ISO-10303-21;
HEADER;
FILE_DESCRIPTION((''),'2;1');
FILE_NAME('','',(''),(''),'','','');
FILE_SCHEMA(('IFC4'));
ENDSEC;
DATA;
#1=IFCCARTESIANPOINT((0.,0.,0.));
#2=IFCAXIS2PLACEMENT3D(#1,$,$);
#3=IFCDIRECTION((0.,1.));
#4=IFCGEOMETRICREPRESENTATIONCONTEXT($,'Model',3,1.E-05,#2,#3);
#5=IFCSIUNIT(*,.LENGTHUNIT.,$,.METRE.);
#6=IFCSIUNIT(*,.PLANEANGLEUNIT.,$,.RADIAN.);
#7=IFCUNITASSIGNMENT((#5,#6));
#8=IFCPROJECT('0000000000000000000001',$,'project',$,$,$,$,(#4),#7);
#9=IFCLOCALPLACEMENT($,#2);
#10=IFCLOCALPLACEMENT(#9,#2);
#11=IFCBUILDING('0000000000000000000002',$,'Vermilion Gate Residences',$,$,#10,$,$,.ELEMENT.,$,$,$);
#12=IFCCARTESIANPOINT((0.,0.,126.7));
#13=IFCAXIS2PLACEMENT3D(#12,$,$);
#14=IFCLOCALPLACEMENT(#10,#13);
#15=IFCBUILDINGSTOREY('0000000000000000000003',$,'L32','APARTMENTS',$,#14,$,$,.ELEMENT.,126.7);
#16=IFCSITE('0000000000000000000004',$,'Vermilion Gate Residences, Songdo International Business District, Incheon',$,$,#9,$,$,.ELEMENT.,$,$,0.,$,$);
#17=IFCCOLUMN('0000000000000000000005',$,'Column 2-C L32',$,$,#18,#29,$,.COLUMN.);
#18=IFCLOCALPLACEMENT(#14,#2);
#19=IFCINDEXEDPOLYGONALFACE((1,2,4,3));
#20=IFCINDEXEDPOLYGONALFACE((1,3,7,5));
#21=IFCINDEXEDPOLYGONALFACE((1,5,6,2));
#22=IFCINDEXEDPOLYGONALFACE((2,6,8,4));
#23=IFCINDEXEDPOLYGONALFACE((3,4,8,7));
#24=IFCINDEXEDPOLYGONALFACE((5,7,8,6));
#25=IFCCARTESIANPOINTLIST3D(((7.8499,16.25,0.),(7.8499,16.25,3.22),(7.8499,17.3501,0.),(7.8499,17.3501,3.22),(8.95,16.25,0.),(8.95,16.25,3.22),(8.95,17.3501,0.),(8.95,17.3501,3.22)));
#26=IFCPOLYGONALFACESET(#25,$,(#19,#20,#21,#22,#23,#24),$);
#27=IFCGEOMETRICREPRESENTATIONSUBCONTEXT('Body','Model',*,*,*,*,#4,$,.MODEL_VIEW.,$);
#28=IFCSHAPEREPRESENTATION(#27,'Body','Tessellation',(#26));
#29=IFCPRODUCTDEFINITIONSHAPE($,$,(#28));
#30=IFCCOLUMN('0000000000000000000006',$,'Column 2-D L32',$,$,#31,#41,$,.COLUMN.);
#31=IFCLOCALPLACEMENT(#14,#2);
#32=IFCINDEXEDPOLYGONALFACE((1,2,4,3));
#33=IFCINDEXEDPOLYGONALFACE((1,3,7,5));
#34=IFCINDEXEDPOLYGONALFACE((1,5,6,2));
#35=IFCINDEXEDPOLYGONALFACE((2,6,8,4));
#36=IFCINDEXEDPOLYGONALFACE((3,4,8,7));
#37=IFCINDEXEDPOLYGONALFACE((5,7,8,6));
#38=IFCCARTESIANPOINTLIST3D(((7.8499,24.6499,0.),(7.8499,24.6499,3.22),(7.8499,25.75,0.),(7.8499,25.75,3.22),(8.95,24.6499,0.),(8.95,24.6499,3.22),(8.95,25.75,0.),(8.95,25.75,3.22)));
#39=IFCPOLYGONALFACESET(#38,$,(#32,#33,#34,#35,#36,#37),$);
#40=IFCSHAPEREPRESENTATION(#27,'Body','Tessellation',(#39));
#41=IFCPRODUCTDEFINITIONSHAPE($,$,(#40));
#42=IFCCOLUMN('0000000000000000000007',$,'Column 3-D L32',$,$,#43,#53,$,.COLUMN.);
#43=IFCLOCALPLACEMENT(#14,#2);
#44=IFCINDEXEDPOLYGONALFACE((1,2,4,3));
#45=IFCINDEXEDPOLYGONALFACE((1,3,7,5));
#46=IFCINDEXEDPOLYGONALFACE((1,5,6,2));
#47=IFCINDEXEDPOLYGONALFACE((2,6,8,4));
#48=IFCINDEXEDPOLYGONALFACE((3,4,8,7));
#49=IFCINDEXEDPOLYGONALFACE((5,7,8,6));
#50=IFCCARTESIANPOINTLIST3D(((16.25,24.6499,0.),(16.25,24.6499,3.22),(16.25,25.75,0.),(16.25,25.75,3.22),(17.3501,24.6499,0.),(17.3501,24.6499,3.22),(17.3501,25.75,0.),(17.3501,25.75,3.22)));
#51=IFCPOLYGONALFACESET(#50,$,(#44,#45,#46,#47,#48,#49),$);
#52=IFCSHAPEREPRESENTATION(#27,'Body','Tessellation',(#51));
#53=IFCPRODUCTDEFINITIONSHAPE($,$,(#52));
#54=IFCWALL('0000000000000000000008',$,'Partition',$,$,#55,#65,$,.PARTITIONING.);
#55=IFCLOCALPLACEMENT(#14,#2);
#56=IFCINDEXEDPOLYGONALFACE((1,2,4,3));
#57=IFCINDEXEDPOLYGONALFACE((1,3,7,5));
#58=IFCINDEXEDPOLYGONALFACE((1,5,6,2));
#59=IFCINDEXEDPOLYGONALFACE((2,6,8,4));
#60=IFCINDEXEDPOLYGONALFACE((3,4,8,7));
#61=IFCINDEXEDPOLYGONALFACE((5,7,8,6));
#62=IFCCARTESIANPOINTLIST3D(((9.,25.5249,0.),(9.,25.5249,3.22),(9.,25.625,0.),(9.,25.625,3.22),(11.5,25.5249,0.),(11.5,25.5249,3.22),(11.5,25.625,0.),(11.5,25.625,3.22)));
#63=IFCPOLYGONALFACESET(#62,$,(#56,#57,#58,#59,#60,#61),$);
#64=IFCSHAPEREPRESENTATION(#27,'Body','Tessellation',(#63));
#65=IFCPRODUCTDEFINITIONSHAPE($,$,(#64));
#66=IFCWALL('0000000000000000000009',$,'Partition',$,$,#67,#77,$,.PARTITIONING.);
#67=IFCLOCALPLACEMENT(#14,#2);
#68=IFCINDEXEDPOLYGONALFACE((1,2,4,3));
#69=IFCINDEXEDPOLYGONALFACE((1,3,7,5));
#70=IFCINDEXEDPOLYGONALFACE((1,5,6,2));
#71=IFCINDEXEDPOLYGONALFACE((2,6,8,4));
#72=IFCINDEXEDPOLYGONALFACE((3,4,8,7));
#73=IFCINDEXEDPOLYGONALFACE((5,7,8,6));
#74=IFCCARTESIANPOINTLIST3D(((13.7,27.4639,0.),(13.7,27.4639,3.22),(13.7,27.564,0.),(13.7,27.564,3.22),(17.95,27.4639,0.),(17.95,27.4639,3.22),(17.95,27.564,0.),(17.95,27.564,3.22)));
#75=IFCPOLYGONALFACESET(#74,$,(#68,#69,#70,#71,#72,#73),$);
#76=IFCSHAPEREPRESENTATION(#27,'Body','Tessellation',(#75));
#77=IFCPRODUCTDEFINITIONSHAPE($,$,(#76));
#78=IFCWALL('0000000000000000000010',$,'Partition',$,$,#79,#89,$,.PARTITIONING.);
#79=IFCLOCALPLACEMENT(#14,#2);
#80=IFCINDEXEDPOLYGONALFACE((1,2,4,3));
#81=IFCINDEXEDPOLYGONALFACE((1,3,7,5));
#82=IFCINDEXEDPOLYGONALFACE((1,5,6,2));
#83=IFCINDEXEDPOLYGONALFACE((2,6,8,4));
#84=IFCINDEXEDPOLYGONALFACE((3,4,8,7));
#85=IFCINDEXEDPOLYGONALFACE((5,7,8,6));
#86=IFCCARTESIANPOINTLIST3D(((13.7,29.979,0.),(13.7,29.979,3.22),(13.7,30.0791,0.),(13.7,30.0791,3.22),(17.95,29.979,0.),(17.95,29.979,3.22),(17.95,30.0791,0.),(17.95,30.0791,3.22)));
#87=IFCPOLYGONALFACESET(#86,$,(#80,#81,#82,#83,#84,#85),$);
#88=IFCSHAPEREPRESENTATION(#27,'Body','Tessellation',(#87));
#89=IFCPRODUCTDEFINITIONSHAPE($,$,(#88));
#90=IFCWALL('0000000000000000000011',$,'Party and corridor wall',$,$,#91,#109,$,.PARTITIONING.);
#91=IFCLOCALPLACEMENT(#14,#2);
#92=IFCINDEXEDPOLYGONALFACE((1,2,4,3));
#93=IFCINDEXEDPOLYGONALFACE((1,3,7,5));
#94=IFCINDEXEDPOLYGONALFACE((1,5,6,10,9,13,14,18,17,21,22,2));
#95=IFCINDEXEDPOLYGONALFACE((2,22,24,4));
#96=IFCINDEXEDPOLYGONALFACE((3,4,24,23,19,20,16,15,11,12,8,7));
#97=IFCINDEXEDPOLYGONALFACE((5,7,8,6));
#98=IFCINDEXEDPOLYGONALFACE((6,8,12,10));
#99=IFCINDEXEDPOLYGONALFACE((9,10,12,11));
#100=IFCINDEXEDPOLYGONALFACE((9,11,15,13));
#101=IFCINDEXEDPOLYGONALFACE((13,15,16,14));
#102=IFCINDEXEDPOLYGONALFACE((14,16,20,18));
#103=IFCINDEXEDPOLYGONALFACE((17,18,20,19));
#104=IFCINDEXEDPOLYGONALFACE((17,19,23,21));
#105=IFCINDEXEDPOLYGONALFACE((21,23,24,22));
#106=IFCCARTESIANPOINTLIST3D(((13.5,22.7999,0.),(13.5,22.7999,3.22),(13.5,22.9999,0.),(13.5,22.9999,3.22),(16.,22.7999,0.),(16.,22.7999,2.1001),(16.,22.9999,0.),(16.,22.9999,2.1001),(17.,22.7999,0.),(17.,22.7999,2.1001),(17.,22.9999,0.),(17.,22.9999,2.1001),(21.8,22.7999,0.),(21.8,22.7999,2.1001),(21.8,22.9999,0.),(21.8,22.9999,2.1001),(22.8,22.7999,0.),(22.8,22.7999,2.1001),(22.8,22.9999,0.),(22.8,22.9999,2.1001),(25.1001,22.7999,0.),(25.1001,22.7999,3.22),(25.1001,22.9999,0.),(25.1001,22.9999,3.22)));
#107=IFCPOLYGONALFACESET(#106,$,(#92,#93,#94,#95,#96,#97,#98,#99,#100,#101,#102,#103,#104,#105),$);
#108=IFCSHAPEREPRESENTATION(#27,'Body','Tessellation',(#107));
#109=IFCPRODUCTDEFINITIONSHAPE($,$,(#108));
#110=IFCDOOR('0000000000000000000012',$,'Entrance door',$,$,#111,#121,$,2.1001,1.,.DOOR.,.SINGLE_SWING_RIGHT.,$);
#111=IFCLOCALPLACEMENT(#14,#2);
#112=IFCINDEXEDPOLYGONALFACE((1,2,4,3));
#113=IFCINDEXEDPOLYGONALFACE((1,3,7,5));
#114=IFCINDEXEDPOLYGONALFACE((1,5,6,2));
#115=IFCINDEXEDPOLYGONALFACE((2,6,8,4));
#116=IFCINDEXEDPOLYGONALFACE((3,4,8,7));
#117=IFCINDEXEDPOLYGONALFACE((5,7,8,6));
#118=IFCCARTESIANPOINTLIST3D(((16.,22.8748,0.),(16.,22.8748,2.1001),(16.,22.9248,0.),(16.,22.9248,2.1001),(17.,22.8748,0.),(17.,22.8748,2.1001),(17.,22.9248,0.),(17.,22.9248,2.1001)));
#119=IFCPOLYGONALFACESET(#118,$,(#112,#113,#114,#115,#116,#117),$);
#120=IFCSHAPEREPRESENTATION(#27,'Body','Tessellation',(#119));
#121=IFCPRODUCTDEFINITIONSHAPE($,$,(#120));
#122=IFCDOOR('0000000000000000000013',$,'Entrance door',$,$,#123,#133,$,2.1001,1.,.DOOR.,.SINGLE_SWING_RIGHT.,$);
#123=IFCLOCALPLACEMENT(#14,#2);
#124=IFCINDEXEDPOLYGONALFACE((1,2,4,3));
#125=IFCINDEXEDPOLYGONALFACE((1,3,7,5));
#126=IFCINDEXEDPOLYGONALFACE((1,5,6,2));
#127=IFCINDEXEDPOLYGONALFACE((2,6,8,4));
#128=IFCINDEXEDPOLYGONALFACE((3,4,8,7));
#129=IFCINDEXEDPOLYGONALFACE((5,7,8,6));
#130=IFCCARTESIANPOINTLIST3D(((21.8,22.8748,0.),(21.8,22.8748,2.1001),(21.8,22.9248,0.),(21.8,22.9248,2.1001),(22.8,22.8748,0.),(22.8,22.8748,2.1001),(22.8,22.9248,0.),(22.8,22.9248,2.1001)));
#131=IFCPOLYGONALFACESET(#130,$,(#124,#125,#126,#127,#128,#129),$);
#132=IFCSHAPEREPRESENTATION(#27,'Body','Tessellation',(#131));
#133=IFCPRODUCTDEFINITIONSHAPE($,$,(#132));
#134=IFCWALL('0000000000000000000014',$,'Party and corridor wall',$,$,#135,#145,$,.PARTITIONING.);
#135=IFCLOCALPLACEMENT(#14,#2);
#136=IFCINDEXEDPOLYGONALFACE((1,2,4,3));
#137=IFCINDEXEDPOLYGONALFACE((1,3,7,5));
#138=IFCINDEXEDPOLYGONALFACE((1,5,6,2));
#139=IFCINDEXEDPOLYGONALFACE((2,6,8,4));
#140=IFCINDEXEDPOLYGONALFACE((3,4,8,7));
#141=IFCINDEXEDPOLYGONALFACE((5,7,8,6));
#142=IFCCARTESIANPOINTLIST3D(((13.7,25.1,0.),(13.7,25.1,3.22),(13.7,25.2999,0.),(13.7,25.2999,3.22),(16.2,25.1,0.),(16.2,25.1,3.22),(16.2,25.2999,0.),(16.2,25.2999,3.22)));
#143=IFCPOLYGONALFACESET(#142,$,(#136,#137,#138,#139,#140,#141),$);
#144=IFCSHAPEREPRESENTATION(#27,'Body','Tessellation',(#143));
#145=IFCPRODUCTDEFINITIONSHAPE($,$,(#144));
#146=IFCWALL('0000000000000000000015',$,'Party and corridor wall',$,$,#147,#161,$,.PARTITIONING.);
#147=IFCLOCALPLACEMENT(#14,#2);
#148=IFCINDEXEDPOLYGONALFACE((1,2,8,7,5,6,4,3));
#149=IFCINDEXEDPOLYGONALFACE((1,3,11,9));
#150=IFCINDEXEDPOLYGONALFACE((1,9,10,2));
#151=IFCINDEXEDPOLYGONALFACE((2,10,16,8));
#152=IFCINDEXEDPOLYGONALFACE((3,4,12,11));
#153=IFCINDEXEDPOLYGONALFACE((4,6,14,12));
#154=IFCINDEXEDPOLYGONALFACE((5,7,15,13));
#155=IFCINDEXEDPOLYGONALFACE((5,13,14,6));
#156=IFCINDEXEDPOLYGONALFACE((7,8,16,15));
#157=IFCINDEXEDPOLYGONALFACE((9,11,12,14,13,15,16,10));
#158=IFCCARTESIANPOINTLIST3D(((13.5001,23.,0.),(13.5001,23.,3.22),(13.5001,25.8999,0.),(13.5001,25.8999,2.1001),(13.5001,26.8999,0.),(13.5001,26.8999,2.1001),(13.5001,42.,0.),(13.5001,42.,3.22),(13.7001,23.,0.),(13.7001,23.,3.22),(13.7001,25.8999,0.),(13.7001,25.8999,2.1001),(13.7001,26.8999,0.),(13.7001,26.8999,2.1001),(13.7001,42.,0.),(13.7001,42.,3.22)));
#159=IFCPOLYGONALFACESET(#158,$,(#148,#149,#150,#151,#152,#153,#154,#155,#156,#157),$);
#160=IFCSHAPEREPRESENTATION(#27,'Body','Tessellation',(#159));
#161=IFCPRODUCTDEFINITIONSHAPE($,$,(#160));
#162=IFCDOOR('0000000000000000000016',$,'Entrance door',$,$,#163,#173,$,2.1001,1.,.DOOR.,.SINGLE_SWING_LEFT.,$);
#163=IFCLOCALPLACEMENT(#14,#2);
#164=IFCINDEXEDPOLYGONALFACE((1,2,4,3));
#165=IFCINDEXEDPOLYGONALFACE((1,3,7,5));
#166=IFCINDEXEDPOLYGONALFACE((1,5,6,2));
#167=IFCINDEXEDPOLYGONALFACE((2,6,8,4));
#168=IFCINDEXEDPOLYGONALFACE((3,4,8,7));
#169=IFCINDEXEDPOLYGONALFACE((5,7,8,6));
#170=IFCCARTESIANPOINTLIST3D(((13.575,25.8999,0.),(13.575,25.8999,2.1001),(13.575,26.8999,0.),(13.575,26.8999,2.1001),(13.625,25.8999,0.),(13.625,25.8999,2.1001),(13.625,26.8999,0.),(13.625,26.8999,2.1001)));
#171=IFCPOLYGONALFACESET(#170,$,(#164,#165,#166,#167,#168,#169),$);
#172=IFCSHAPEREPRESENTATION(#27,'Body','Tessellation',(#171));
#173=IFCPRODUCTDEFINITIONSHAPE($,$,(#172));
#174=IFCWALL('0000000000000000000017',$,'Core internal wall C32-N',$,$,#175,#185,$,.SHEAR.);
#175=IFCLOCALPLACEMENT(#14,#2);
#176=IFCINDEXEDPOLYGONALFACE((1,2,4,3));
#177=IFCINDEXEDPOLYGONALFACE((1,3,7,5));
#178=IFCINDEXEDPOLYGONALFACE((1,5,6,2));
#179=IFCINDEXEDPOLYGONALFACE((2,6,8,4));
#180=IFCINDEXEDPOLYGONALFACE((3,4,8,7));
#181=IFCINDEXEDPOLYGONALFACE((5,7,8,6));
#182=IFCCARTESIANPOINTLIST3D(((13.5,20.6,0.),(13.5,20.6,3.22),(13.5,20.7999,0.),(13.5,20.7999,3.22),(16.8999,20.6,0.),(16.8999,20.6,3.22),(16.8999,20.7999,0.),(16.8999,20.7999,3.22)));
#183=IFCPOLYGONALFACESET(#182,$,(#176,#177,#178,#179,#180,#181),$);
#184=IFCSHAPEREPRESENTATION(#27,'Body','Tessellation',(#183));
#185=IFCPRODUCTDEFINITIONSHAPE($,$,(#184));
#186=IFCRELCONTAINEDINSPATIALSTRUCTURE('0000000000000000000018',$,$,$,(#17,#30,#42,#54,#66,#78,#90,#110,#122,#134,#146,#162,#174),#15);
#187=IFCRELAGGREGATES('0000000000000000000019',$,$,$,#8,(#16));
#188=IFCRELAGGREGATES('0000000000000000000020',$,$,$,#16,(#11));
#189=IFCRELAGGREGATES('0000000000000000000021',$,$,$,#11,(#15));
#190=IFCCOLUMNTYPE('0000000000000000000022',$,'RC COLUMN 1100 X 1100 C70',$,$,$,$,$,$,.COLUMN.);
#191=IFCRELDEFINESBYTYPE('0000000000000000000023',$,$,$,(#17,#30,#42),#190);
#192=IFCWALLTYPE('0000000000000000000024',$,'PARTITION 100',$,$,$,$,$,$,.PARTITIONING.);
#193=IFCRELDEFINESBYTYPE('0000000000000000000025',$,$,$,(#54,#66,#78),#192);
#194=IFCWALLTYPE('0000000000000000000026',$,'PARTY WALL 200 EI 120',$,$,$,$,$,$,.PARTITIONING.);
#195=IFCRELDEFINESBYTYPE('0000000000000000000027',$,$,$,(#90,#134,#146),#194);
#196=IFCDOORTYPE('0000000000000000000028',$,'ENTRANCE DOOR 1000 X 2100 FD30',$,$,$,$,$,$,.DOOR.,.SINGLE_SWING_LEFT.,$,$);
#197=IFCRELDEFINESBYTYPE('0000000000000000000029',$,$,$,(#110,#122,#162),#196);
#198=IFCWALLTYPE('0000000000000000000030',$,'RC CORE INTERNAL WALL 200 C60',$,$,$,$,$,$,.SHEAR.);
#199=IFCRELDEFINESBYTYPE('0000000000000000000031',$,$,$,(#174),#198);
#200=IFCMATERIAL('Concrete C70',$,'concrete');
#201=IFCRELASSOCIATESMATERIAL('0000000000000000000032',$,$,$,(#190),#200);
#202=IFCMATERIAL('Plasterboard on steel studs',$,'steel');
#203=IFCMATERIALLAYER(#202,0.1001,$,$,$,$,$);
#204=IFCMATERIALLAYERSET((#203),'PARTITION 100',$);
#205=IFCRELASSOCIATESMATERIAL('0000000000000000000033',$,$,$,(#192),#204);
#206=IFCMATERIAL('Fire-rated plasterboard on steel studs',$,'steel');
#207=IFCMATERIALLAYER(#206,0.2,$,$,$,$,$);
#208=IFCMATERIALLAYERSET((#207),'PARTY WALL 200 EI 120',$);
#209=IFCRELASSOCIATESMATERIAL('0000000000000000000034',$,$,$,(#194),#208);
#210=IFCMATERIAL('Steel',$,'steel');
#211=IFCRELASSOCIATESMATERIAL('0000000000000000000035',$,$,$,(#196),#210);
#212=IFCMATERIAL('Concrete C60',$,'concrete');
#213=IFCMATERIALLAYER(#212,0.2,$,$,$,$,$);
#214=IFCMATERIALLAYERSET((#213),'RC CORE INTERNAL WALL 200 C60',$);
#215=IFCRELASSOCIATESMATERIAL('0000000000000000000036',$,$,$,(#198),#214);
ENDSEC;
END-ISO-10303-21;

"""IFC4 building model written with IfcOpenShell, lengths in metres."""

from ifc_helpers import new_model, si_unit, direction, frame, frame_2d, origin, origin_2d, place, context, subcontext, project, spatial, rectangle, extrude, material, layer, layer_set, material_profile, profile_set, type_object, element, fill, save


model = new_model("IFC4")

# Units and contexts
model_context = context("Model", 3, precision=1e-05, world=origin(), true_north=direction((0.0, 1.0)))
body_context = subcontext(model_context, "Body", "Model", "MODEL_VIEW")
ifc_project = project(units=[si_unit("LENGTHUNIT", "METRE"), si_unit("PLANEANGLEUNIT", "RADIAN")], contexts=[model_context])

# Site, building, storey
site_placement = place(None, origin())
site = spatial("IfcSite", under=ifc_project, at=site_placement, Name="Vermilion Gate Residences, Songdo International Business District, Incheon", CompositionType="ELEMENT", RefElevation=0.0)
building_placement = place(site_placement, origin())
building = spatial("IfcBuilding", under=site, at=building_placement, Name="Vermilion Gate Residences", CompositionType="ELEMENT")
storey_placement = place(building_placement, frame((0.0, 0.0, 126.7)))
storey = spatial("IfcBuildingStorey", under=building, at=storey_placement, Name="L32", Description="APARTMENTS", CompositionType="ELEMENT", Elevation=126.7)

# Columns
ifc_material_1 = material(Name="Concrete C70", Category="concrete")
ifc_material_profile = material_profile(ifc_material_1, rectangle(XDim=1.1001, YDim=1.1001, at=origin_2d()), Name="RC-1100x1100")
ifc_profile_set = profile_set([ifc_material_profile], Name="Concrete C70")
column_type = type_object("IfcColumnType", Name="RC COLUMN 1100 X 1100 C70", PredefinedType="COLUMN", material=ifc_profile_set)
for number, where, z_axis, x_axis, name in (
    (1, (8.3999, 16.8, 0.0), (0.0, 0.0, 1.0), (1.0, 0.0, 0.0), "Column 2-C L32"),
    (2, (8.3999, 25.2, 0.0), (0.0, 0.0, 1.0), (1.0, 0.0, 0.0), "Column 2-D L32"),
    (3, (16.8, 25.2, 0.0), (0.0, 0.0, 1.0), (1.0, 0.0, 0.0), "Column 3-D L32"),
):
    element("IfcColumn", number, at=place(storey_placement, frame(where, z_axis=z_axis, x_axis=x_axis)), inside=storey, type_object=column_type, Name=name, PredefinedType="COLUMN", context=body_context, shape_type="SweptSolid", body=[
        extrude(rectangle(XDim=1.1001, YDim=1.1001, at=origin_2d()), origin(), (0.0, 0.0, 1.0), 3.22),
    ])

# Walls
ifc_material_2 = material(Name="Plasterboard on steel studs", Category="steel")
ifc_layer_1 = layer(ifc_material_2, 0.1001)
ifc_layer_set_1 = layer_set([ifc_layer_1], Name="PARTITION 100")
wall_type_1 = type_object("IfcWallType", Name="PARTITION 100", PredefinedType="PARTITIONING", material=ifc_layer_set_1)
wall_1_placement = place(storey_placement, frame((9.0, 25.575, 0.0), z_axis=(0.0, 0.0, 1.0), x_axis=(1.0, 0.0, 0.0)))
element("IfcWall", 4, at=wall_1_placement, inside=storey, type_object=wall_type_1, Name="Partition", PredefinedType="PARTITIONING", context=body_context, shape_type="SweptSolid", body=[
    extrude(rectangle(XDim=2.5, YDim=0.1001, at=frame_2d((1.25, 0.0))), origin(), (0.0, 0.0, 1.0), 3.22),
])
for number, where, z_axis, x_axis, name in (
    (5, (13.7, 27.5139, 0.0), (0.0, 0.0, 1.0), (1.0, 0.0, 0.0), "Partition"),
    (6, (13.7, 30.0291, 0.0), (0.0, 0.0, 1.0), (1.0, 0.0, 0.0), "Partition"),
):
    element("IfcWall", number, at=place(storey_placement, frame(where, z_axis=z_axis, x_axis=x_axis)), inside=storey, type_object=wall_type_1, Name=name, PredefinedType="PARTITIONING", context=body_context, shape_type="SweptSolid", body=[
        extrude(rectangle(XDim=4.25, YDim=0.1001, at=frame_2d((2.125, 0.0))), origin(), (0.0, 0.0, 1.0), 3.22),
    ])

# Wall, openings, doors
ifc_material_3 = material(Name="Fire-rated plasterboard on steel studs", Category="steel")
ifc_layer_2 = layer(ifc_material_3, 0.2)
ifc_layer_set_2 = layer_set([ifc_layer_2], Name="PARTY WALL 200 EI 120")
wall_type_2 = type_object("IfcWallType", Name="PARTY WALL 200 EI 120", PredefinedType="PARTITIONING", material=ifc_layer_set_2)
wall_2_placement = place(storey_placement, frame((13.5, 22.8999, 0.0), z_axis=(0.0, 0.0, 1.0), x_axis=(1.0, 0.0, 0.0)))
wall_2 = element("IfcWall", 7, at=wall_2_placement, inside=storey, type_object=wall_type_2, Name="Party and corridor wall", PredefinedType="PARTITIONING", context=body_context, shape_type="SweptSolid", body=[
    extrude(rectangle(XDim=11.6001, YDim=0.2, at=frame_2d((5.8, 0.0))), origin(), (0.0, 0.0, 1.0), 3.22),
])
opening_1_placement = place(wall_2_placement, frame((2.5, 0.0, 0.0)))
opening_1 = element("IfcOpeningElement", 8, at=opening_1_placement, cuts=wall_2, PredefinedType="OPENING", context=body_context, shape_type="SweptSolid", body=[
    extrude(rectangle(XDim=1.0, YDim=2.1001, at=frame_2d((0.5, 1.05))), frame((0.0, 0.1099, 0.0), z_axis=(0.0, -1.0, 0.0), x_axis=(1.0, 0.0, 0.0)), (0.0, 0.0, 1.0), 0.22),
])
opening_2_placement = place(wall_2_placement, frame((8.3, 0.0, 0.0)))
opening_2 = element("IfcOpeningElement", 9, at=opening_2_placement, cuts=wall_2, PredefinedType="OPENING", context=body_context, shape_type="SweptSolid", body=[
    extrude(rectangle(XDim=1.0, YDim=2.1001, at=frame_2d((0.5, 1.05))), frame((0.0, 0.1099, 0.0), z_axis=(0.0, -1.0, 0.0), x_axis=(1.0, 0.0, 0.0)), (0.0, 0.0, 1.0), 0.22),
])
ifc_material_4 = material(Name="Steel", Category="steel")
door_type = type_object("IfcDoorType", Name="ENTRANCE DOOR 1000 X 2100 FD30", OperationType="SINGLE_SWING_LEFT", PredefinedType="DOOR", material=ifc_material_4)
door_1_placement = place(opening_1_placement, origin())
door_1 = element("IfcDoor", 10, at=door_1_placement, inside=storey, type_object=door_type, Name="Entrance door", OperationType="SINGLE_SWING_RIGHT", OverallHeight=2.1001, OverallWidth=1.0, PredefinedType="DOOR", context=body_context, shape_type="SweptSolid", body=[
    extrude(rectangle(XDim=1.0, YDim=2.1001, at=frame_2d((0.5, 1.05))), frame((0.0, 0.0249, 0.0), z_axis=(0.0, -1.0, 0.0), x_axis=(1.0, 0.0, 0.0)), (0.0, 0.0, 1.0), 0.05),
])
fill(opening_1, door_1)
door_2_placement = place(opening_2_placement, origin())
door_2 = element("IfcDoor", 11, at=door_2_placement, inside=storey, type_object=door_type, Name="Entrance door", OperationType="SINGLE_SWING_RIGHT", OverallHeight=2.1001, OverallWidth=1.0, PredefinedType="DOOR", context=body_context, shape_type="SweptSolid", body=[
    extrude(rectangle(XDim=1.0, YDim=2.1001, at=frame_2d((0.5, 1.05))), frame((0.0, 0.0249, 0.0), z_axis=(0.0, -1.0, 0.0), x_axis=(1.0, 0.0, 0.0)), (0.0, 0.0, 1.0), 0.05),
])
fill(opening_2, door_2)

# Wall
wall_3_placement = place(storey_placement, frame((13.7, 25.2, 0.0), z_axis=(0.0, 0.0, 1.0), x_axis=(1.0, 0.0, 0.0)))
element("IfcWall", 12, at=wall_3_placement, inside=storey, type_object=wall_type_2, Name="Party and corridor wall", PredefinedType="PARTITIONING", context=body_context, shape_type="SweptSolid", body=[
    extrude(rectangle(XDim=2.5, YDim=0.2, at=frame_2d((1.25, 0.0))), origin(), (0.0, 0.0, 1.0), 3.22),
])

# Wall, opening, door
wall_4_placement = place(storey_placement, frame((13.6001, 23.0, 0.0), z_axis=(0.0, 0.0, 1.0), x_axis=(0.0, 1.0, 0.0)))
wall_4 = element("IfcWall", 13, at=wall_4_placement, inside=storey, type_object=wall_type_2, Name="Party and corridor wall", PredefinedType="PARTITIONING", context=body_context, shape_type="SweptSolid", body=[
    extrude(rectangle(XDim=19.0, YDim=0.2, at=frame_2d((9.5, 0.0))), origin(), (0.0, 0.0, 1.0), 3.22),
])
opening_3_placement = place(wall_4_placement, frame((2.8999, 0.0, 0.0)))
opening_3 = element("IfcOpeningElement", 14, at=opening_3_placement, cuts=wall_4, PredefinedType="OPENING", context=body_context, shape_type="SweptSolid", body=[
    extrude(rectangle(XDim=1.0, YDim=2.1001, at=frame_2d((0.5, 1.05))), frame((0.0, 0.1099, 0.0), z_axis=(0.0, -1.0, 0.0), x_axis=(1.0, 0.0, 0.0)), (0.0, 0.0, 1.0), 0.22),
])
door_3_placement = place(opening_3_placement, frame((1.0, 0.0, 0.0), z_axis=(0.0, 0.0, 1.0), x_axis=(-1.0, 0.0, 0.0)))
door_3 = element("IfcDoor", 15, at=door_3_placement, inside=storey, type_object=door_type, Name="Entrance door", OperationType="SINGLE_SWING_LEFT", OverallHeight=2.1001, OverallWidth=1.0, PredefinedType="DOOR", context=body_context, shape_type="SweptSolid", body=[
    extrude(rectangle(XDim=1.0, YDim=2.1001, at=frame_2d((0.5, 1.05))), frame((0.0, 0.0249, 0.0), z_axis=(0.0, -1.0, 0.0), x_axis=(1.0, 0.0, 0.0)), (0.0, 0.0, 1.0), 0.05),
])
fill(opening_3, door_3)

# Wall
ifc_material_5 = material(Name="Concrete C60", Category="concrete")
ifc_layer_3 = layer(ifc_material_5, 0.2)
ifc_layer_set_3 = layer_set([ifc_layer_3], Name="RC CORE INTERNAL WALL 200 C60")
wall_type_3 = type_object("IfcWallType", Name="RC CORE INTERNAL WALL 200 C60", PredefinedType="SHEAR", material=ifc_layer_set_3)
wall_5_placement = place(storey_placement, frame((13.5, 20.7, 0.0), z_axis=(0.0, 0.0, 1.0), x_axis=(1.0, 0.0, 0.0)))
element("IfcWall", 16, at=wall_5_placement, inside=storey, type_object=wall_type_3, Name="Core internal wall C32-N", PredefinedType="SHEAR", context=body_context, shape_type="SweptSolid", body=[
    extrude(rectangle(XDim=3.3999, YDim=0.2, at=frame_2d((1.7, 0.0))), origin(), (0.0, 0.0, 1.0), 3.22),
])

save(model, "model.ifc")
